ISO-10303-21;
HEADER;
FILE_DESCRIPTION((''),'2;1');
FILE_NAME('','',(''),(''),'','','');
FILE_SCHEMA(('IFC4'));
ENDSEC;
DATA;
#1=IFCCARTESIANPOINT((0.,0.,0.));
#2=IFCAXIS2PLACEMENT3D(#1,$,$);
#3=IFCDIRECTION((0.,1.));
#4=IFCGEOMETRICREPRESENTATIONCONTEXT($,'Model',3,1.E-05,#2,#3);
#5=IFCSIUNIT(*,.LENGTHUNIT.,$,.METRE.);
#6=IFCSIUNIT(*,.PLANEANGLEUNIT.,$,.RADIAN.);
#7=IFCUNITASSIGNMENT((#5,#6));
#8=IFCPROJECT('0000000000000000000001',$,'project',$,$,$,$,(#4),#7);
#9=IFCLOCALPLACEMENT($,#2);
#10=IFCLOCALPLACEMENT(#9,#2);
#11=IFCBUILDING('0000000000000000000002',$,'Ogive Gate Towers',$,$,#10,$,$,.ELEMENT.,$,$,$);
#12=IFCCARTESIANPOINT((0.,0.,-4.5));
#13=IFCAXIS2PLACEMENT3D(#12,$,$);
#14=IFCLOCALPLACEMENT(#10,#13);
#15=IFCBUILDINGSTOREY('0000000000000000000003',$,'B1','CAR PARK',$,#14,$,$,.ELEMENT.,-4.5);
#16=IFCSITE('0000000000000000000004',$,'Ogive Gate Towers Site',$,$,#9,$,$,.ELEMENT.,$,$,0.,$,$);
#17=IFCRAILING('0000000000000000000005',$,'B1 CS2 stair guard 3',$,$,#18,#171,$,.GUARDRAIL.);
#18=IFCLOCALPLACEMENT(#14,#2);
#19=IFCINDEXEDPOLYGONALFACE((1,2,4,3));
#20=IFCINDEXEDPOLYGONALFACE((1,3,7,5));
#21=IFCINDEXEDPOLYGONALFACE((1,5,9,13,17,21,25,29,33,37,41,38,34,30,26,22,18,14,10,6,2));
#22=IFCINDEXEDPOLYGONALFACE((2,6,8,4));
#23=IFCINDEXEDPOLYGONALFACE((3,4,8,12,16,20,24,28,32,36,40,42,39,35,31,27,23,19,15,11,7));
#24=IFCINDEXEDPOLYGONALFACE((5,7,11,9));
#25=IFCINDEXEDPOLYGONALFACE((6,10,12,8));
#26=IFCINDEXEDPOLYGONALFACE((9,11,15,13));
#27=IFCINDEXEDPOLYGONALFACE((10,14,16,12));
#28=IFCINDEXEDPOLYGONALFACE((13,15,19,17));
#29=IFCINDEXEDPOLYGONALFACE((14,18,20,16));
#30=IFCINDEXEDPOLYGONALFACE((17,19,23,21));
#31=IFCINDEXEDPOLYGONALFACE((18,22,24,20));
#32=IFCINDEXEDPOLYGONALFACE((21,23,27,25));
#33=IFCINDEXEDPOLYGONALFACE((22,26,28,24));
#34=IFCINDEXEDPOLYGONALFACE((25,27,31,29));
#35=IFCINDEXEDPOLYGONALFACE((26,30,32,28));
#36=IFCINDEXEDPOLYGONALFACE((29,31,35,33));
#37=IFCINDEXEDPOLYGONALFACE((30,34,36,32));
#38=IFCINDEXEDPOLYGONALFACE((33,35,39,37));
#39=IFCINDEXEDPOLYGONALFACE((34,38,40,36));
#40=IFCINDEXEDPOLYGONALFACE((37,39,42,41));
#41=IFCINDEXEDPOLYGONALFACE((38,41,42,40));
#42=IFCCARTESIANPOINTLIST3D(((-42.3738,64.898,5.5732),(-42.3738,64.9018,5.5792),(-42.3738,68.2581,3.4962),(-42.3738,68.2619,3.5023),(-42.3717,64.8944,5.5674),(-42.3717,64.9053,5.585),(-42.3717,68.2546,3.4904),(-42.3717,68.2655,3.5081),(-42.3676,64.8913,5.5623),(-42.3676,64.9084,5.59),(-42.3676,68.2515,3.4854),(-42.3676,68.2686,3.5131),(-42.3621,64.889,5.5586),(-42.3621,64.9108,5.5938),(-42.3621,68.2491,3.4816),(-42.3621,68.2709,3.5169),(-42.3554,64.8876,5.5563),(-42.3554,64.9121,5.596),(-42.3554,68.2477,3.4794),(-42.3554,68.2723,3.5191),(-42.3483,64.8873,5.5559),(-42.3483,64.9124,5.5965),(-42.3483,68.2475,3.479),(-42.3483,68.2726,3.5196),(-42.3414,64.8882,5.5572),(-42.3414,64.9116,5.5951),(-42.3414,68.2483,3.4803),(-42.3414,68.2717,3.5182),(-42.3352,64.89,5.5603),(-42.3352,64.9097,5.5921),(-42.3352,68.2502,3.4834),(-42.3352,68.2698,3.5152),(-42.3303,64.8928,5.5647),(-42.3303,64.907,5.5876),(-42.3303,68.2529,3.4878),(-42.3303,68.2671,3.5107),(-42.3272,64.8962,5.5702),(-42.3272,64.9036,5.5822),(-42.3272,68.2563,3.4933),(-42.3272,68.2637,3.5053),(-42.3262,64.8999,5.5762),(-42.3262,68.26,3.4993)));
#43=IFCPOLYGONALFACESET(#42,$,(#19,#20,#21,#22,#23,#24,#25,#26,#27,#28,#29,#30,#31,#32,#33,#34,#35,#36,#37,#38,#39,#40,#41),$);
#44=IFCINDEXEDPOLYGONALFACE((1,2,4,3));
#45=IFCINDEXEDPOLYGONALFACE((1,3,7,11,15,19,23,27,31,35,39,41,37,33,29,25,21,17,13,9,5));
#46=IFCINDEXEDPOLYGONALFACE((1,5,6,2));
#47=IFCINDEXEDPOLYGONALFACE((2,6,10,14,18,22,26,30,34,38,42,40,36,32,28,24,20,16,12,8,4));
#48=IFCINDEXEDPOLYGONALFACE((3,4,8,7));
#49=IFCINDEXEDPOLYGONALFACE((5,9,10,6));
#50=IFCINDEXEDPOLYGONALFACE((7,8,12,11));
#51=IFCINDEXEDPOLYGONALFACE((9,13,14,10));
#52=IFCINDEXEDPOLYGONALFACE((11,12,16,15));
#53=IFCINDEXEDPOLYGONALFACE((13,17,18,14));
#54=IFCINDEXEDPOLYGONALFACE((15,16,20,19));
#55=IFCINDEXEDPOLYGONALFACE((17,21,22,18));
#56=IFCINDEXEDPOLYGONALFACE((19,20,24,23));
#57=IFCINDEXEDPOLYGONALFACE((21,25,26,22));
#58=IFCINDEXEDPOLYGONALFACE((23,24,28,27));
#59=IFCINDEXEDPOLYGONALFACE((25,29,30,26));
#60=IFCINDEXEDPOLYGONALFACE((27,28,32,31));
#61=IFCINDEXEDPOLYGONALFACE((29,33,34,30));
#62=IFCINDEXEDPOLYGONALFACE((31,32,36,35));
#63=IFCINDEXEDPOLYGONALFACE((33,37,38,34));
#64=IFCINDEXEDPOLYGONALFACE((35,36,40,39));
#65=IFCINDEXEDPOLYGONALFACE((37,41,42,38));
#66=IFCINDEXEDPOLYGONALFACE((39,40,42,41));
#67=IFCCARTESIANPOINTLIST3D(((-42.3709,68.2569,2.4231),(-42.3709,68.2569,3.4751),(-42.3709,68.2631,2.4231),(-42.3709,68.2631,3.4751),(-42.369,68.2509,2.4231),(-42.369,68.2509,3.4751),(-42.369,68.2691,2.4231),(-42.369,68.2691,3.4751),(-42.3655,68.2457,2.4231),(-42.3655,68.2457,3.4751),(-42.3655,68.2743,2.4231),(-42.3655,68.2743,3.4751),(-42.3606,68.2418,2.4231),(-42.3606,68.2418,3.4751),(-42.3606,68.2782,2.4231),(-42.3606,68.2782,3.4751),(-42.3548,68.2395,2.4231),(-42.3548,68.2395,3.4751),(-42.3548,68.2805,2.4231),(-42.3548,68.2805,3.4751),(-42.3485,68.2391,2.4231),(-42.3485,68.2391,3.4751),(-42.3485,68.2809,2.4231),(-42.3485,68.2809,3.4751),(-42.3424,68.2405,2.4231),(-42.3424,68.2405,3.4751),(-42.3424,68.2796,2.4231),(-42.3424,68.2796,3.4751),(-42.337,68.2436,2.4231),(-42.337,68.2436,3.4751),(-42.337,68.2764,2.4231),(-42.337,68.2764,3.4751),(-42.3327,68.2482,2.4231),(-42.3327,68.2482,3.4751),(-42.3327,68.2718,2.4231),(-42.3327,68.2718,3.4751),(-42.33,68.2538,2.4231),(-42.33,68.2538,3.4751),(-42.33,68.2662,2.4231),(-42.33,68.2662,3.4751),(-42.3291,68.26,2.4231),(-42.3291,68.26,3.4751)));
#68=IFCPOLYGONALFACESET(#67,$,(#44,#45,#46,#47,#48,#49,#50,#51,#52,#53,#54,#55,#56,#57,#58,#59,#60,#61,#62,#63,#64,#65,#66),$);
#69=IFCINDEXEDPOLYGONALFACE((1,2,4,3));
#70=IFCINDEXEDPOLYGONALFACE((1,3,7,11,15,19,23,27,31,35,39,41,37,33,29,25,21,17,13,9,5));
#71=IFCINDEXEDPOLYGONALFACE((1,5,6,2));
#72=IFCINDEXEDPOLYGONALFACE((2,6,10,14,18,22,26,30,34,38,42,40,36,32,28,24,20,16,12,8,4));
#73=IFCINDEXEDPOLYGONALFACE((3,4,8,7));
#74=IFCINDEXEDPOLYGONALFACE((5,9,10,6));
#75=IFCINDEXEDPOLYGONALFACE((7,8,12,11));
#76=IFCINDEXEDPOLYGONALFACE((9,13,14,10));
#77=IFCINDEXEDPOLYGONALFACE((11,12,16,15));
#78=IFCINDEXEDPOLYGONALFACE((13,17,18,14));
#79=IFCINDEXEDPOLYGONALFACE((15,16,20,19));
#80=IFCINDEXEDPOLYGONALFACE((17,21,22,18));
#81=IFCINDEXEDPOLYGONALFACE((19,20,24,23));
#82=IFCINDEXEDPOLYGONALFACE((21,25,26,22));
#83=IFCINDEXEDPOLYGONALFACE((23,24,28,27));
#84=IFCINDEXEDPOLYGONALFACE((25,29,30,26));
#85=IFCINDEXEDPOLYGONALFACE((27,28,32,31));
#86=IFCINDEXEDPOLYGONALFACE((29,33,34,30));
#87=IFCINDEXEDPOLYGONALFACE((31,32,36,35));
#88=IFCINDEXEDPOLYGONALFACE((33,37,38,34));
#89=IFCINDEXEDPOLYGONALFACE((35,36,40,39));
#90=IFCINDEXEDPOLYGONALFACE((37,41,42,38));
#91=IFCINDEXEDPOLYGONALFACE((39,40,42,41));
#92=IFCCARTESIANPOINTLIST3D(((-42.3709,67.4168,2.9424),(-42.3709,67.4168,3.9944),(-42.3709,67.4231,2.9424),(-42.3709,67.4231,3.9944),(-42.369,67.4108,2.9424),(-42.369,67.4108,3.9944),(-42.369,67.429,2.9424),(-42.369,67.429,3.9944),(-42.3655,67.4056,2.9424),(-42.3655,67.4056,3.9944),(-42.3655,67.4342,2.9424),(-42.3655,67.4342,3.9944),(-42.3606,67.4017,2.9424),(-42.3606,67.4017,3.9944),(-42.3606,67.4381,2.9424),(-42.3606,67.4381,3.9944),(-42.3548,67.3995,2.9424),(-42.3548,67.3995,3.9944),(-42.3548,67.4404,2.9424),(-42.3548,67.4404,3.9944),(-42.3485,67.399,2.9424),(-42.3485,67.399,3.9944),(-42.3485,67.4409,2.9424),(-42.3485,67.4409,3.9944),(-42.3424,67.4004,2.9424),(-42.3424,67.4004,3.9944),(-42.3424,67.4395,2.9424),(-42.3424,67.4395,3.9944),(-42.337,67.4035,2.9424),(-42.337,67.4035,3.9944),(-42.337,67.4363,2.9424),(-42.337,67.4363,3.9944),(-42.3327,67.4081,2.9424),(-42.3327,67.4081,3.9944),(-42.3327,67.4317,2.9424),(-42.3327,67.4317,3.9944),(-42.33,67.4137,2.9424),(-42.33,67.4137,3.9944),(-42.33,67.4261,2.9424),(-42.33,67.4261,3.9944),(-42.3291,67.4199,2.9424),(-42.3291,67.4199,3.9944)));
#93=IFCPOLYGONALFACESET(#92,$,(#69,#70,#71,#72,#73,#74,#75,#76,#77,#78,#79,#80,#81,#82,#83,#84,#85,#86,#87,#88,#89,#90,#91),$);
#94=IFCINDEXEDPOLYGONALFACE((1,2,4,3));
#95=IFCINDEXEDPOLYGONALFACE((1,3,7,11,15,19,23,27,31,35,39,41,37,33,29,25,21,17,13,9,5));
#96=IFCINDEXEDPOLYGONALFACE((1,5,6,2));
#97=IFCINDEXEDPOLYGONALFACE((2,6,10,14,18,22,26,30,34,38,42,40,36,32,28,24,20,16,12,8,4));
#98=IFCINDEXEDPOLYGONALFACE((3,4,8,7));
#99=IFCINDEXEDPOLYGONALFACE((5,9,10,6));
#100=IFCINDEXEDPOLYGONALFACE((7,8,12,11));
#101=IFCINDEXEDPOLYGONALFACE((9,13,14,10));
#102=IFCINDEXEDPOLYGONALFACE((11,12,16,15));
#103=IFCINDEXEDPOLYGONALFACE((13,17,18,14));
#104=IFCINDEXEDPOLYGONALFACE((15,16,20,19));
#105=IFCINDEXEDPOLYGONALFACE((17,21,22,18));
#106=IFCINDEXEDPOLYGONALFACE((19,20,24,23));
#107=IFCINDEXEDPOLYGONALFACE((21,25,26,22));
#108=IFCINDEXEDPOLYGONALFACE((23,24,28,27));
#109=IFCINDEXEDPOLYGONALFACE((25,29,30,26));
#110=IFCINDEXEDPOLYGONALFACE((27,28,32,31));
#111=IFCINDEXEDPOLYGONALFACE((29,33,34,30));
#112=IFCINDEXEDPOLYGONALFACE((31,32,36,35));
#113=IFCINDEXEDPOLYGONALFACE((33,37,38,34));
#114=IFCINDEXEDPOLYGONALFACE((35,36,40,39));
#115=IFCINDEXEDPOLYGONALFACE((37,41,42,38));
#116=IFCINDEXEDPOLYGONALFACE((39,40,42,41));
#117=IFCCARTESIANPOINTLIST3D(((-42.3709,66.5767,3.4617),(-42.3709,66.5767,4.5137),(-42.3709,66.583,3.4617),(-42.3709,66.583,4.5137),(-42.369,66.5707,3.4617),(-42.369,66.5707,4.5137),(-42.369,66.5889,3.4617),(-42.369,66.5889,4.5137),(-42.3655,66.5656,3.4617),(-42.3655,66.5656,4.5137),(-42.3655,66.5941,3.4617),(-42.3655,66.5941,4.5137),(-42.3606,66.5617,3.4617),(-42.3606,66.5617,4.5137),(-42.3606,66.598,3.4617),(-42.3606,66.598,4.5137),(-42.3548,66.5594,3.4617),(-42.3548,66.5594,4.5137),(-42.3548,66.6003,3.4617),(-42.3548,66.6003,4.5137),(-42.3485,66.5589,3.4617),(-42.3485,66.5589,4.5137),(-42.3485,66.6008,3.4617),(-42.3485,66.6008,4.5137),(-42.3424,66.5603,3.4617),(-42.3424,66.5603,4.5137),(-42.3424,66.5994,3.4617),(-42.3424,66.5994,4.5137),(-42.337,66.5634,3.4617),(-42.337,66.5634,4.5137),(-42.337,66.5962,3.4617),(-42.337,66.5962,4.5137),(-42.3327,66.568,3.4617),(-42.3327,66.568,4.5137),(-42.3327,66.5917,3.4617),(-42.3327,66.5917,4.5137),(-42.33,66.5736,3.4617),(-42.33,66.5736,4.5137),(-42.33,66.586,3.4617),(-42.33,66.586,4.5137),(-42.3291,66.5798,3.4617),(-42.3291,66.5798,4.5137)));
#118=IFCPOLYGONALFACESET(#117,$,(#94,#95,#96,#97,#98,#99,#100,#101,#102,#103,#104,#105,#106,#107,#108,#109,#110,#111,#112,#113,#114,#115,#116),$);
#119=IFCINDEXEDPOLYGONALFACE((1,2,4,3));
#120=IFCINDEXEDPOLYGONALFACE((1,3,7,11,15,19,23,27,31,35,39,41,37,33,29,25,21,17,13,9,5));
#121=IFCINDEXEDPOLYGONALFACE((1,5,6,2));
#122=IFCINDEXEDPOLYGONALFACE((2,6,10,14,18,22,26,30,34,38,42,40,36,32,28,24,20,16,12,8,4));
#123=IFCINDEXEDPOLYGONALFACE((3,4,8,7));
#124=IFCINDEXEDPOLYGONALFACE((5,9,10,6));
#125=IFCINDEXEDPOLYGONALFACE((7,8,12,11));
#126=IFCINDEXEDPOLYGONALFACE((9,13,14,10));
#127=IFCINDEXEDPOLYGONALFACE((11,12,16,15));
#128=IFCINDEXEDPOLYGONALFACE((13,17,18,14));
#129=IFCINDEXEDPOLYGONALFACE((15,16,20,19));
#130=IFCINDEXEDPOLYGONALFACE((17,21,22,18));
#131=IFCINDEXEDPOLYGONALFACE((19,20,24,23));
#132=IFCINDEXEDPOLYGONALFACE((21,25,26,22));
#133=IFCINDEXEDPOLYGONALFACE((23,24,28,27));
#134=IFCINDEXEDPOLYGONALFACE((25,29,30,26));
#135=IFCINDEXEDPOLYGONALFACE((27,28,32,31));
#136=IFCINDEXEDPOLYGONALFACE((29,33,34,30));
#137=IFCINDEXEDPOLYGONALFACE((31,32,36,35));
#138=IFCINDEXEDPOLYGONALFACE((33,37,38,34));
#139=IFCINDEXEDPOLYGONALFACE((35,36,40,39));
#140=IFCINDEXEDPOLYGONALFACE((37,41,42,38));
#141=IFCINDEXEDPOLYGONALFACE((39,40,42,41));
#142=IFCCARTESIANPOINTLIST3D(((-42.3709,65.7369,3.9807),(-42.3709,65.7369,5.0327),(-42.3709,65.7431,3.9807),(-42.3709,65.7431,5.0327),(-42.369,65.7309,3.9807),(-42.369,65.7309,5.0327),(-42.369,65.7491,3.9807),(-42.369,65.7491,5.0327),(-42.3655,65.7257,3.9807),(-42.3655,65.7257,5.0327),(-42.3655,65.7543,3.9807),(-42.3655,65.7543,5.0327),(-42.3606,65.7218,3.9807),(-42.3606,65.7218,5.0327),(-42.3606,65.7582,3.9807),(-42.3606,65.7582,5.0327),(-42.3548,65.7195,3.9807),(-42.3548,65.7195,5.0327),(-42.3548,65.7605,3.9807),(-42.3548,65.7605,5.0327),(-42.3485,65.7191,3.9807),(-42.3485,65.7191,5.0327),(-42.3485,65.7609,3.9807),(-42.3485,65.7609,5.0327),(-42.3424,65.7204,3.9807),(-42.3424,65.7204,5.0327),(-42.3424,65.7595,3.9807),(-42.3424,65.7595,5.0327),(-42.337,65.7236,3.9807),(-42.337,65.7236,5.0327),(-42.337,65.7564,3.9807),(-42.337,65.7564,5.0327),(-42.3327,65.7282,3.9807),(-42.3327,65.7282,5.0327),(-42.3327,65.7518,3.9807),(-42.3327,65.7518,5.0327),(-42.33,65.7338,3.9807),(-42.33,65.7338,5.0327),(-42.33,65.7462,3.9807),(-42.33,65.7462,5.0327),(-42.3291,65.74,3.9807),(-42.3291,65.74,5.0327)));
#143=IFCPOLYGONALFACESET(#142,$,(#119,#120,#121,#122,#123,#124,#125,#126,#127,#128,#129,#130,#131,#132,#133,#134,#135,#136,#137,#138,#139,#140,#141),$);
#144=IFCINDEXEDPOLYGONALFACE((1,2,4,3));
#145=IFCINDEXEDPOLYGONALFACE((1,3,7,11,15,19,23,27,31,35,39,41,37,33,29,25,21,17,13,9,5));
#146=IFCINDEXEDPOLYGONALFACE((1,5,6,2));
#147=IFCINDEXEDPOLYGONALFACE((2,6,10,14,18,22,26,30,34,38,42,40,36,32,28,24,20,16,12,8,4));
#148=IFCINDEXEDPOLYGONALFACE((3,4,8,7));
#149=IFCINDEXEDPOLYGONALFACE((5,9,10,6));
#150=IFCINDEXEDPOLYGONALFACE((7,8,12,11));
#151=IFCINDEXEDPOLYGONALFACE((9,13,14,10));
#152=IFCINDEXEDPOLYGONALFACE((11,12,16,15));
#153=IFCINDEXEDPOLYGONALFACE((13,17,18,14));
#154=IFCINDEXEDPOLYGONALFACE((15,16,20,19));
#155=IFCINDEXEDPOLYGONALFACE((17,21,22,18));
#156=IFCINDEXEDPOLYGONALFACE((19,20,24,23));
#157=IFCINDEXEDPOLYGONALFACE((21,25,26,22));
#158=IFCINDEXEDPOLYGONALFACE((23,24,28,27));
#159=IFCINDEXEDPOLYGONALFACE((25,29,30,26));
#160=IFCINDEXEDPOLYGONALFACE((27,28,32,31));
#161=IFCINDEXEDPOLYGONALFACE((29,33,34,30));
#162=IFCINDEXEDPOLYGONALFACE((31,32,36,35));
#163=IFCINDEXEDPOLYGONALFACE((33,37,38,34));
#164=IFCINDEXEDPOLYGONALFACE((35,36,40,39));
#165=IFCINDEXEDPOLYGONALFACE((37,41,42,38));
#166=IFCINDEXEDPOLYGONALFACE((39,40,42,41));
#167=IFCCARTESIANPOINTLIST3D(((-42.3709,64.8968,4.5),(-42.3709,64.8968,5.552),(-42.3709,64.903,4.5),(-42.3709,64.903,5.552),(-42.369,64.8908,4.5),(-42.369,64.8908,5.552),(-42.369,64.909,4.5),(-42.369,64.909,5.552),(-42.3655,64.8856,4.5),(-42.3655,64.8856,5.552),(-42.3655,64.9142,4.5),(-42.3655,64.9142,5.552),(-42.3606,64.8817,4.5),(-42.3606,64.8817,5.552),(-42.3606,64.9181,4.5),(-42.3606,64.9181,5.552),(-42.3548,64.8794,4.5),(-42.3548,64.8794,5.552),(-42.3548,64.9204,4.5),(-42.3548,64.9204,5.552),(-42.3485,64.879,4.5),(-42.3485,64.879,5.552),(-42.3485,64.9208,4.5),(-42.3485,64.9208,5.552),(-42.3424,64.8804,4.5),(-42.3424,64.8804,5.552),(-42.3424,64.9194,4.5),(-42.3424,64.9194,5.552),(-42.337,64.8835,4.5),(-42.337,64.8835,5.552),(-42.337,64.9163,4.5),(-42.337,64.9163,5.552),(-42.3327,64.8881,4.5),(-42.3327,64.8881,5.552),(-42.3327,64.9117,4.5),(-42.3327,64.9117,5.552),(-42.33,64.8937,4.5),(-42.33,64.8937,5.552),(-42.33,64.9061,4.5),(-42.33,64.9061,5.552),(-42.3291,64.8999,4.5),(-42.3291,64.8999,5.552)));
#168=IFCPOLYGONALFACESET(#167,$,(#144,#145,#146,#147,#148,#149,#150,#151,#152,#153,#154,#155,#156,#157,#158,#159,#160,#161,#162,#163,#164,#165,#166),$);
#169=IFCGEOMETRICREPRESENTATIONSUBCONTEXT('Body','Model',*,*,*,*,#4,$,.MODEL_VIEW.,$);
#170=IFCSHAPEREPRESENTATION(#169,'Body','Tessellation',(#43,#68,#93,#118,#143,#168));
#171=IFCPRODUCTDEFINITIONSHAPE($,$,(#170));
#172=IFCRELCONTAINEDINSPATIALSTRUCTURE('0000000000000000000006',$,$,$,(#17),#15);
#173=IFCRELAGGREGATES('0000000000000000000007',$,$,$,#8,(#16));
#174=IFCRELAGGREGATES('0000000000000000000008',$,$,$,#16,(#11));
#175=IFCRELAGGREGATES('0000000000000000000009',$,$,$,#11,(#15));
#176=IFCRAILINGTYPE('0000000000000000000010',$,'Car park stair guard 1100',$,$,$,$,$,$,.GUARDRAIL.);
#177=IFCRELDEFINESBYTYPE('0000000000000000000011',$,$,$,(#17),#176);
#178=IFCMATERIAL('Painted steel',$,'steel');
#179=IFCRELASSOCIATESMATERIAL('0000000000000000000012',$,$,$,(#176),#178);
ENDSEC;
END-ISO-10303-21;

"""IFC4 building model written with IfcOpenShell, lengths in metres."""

from ifc_helpers import new_model, si_unit, direction, frame, origin, origin_2d, place, context, subcontext, project, spatial, circle, extrude, material, type_object, element, save


model = new_model("IFC4")

# Units and contexts
model_context = context("Model", 3, precision=1e-05, world=origin(), true_north=direction((0.0, 1.0)))
body_context = subcontext(model_context, "Body", "Model", "MODEL_VIEW")
ifc_project = project(units=[si_unit("LENGTHUNIT", "METRE"), si_unit("PLANEANGLEUNIT", "RADIAN")], contexts=[model_context])

# Site, building, storey
site_placement = place(None, origin())
site = spatial("IfcSite", under=ifc_project, at=site_placement, Name="Ogive Gate Towers Site", CompositionType="ELEMENT", RefElevation=0.0)
building_placement = place(site_placement, origin())
building = spatial("IfcBuilding", under=site, at=building_placement, Name="Ogive Gate Towers", CompositionType="ELEMENT")
storey_placement = place(building_placement, frame((0.0, 0.0, -4.5)))
storey = spatial("IfcBuildingStorey", under=building, at=storey_placement, Name="B1", Description="CAR PARK", CompositionType="ELEMENT", Elevation=-4.5)

# Railing
ifc_material_1 = material(Name="Painted steel", Category="steel")
railing_type_1 = type_object("IfcRailingType", Name="Car park stair guard 1100", PredefinedType="GUARDRAIL", material=ifc_material_1)
railing_1_placement = place(storey_placement, frame((-42.3501, 68.26, 2.4231)))
element("IfcRailing", 1, at=railing_1_placement, inside=storey, type_object=railing_type_1, Name="B1 CS2 stair guard 3", PredefinedType="GUARDRAIL", context=body_context, shape_type="SweptSolid", body=[
    extrude(circle(Radius=0.0239, at=origin_2d()), frame((0.0, 0.0, 1.0762), z_axis=(0.0, -0.850623, 0.525776), x_axis=(1.0, 0.0, 0.0)), (0.0, 0.0, 1.0), 3.9502),
    extrude(circle(Radius=0.021, at=origin_2d()), origin(), (0.0, 0.0, 1.0), 1.052),
    extrude(circle(Radius=0.021, at=origin_2d()), frame((0.0, -0.8401, 0.5193)), (0.0, 0.0, 1.0), 1.052),
    extrude(circle(Radius=0.021, at=origin_2d()), frame((0.0, -1.6802, 1.0386)), (0.0, 0.0, 1.0), 1.052),
    extrude(circle(Radius=0.021, at=origin_2d()), frame((0.0, -2.52, 1.5576)), (0.0, 0.0, 1.0), 1.052),
    extrude(circle(Radius=0.021, at=origin_2d()), frame((0.0, -3.3601, 2.0769)), (0.0, 0.0, 1.0), 1.052),
])

save(model, "model.ifc")
